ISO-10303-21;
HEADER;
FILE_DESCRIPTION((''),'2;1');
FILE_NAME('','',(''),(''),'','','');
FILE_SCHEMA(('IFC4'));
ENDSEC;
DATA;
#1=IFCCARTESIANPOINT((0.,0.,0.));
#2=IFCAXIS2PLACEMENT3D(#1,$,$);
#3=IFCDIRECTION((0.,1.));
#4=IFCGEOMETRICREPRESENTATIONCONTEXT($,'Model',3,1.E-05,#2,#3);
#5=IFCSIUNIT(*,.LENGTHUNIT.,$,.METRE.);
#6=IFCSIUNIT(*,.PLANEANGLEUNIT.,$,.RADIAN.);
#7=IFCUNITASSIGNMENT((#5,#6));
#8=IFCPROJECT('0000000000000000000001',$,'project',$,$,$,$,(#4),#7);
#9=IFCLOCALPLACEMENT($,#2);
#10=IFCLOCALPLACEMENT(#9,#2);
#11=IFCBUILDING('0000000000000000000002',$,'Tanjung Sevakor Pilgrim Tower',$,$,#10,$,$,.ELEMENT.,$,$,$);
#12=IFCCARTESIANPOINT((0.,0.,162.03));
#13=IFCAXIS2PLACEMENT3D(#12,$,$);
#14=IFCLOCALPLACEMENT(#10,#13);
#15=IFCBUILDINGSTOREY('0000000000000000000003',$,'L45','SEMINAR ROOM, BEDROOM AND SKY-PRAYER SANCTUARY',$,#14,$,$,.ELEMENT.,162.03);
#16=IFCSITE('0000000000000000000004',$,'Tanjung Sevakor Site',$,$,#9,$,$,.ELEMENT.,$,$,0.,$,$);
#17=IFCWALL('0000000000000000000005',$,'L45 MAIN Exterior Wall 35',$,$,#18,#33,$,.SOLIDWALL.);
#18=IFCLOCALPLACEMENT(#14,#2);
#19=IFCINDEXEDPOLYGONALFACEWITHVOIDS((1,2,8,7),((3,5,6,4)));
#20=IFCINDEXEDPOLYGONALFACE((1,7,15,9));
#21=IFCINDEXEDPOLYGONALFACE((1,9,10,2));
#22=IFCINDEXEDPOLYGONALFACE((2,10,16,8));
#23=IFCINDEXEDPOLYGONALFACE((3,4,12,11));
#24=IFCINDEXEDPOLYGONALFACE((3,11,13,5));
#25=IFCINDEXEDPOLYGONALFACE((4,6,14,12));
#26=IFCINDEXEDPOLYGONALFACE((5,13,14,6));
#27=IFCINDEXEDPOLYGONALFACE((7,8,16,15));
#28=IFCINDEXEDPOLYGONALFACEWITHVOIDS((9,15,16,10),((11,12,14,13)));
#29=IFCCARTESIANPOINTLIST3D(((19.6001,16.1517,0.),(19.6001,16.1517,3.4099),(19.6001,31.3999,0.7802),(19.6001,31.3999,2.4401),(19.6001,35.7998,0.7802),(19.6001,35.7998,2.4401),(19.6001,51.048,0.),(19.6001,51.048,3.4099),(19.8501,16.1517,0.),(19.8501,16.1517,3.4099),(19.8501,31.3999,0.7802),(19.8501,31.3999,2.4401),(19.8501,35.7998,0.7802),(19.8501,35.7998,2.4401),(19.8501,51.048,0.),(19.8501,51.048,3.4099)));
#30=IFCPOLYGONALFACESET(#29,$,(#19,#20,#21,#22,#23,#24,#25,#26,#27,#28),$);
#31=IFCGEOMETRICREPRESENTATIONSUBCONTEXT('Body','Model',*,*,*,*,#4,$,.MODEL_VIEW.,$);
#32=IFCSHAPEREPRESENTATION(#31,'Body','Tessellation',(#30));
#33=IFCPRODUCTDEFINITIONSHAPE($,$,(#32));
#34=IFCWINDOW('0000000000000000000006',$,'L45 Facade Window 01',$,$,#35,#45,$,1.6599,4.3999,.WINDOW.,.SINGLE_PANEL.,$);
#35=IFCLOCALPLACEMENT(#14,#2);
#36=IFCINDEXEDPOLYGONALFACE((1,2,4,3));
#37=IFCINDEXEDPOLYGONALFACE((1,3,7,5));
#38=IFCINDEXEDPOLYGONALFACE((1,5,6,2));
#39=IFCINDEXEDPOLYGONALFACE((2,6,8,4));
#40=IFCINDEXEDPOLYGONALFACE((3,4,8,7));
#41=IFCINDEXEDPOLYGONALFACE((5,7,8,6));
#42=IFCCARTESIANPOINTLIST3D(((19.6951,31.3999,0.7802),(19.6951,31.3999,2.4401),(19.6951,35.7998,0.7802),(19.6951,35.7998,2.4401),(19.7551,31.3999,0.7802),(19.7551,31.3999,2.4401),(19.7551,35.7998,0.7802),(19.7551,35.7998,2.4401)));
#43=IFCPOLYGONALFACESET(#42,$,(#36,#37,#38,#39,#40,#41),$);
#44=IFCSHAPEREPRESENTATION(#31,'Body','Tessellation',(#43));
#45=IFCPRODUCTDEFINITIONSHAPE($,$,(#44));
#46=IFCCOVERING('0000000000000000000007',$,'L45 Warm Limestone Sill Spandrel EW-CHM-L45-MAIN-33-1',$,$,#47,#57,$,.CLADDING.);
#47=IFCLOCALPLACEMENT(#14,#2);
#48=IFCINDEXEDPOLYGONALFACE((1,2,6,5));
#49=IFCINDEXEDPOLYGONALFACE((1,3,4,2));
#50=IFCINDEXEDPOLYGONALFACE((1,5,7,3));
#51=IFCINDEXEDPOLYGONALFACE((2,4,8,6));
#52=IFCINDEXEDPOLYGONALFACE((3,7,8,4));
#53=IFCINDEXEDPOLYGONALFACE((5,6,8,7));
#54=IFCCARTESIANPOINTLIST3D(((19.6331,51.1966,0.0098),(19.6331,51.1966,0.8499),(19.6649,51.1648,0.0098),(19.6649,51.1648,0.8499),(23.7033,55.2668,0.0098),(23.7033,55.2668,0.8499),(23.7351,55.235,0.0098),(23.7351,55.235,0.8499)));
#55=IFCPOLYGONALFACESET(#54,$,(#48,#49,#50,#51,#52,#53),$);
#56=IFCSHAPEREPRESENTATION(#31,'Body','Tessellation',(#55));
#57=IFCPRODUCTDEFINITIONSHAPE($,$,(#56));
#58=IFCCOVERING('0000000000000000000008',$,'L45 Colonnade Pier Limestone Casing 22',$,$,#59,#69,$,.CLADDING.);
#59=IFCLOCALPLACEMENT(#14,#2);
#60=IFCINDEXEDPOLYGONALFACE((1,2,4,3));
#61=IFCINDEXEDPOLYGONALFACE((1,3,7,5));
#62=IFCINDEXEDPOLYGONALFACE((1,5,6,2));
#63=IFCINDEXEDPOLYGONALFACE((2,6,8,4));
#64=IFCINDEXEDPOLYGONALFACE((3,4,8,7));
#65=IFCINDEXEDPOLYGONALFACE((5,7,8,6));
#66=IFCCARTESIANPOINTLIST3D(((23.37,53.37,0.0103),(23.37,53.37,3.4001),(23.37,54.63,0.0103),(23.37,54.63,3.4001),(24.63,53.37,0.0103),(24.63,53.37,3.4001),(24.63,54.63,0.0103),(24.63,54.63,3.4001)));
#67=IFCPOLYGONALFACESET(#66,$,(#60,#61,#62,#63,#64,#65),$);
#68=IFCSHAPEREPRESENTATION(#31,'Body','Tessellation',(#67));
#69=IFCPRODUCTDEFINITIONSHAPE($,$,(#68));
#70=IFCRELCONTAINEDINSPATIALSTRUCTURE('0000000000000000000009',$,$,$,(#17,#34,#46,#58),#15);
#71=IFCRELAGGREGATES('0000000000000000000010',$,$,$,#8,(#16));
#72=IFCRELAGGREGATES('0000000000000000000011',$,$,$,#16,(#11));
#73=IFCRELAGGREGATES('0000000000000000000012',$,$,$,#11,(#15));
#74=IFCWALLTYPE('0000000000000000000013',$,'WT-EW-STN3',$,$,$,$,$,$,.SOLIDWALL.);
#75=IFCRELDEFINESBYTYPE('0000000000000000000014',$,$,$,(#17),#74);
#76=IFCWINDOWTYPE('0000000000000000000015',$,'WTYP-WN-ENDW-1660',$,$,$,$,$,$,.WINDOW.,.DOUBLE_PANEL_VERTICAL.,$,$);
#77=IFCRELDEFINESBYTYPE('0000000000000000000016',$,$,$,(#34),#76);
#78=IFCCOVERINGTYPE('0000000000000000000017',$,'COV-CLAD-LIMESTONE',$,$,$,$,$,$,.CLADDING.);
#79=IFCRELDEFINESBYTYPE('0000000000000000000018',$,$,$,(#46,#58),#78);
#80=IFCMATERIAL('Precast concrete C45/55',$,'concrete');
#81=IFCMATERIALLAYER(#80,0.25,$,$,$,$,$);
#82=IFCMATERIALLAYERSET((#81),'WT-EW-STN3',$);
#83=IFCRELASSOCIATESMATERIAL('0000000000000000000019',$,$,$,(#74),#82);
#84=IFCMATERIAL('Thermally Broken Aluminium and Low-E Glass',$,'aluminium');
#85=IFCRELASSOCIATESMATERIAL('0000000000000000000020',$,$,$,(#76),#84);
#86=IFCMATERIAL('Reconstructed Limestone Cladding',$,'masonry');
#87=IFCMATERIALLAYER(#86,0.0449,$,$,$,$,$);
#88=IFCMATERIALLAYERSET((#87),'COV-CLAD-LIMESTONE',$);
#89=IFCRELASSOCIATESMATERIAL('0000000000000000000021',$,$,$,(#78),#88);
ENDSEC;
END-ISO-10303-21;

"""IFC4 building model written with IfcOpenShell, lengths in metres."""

from ifc_helpers import new_model, si_unit, direction, frame, frame_2d, origin, origin_2d, place, context, subcontext, project, spatial, rectangle, extrude, material, layer, layer_set, type_object, element, fill, save


model = new_model("IFC4")

# Units and contexts
model_context = context("Model", 3, precision=1e-05, world=origin(), true_north=direction((0.0, 1.0)))
body_context = subcontext(model_context, "Body", "Model", "MODEL_VIEW")
ifc_project = project(units=[si_unit("LENGTHUNIT", "METRE"), si_unit("PLANEANGLEUNIT", "RADIAN")], contexts=[model_context])

# Site, building, storey
site_placement = place(None, origin())
site = spatial("IfcSite", under=ifc_project, at=site_placement, Name="Tanjung Sevakor Site", CompositionType="ELEMENT", RefElevation=0.0)
building_placement = place(site_placement, origin())
building = spatial("IfcBuilding", under=site, at=building_placement, Name="Tanjung Sevakor Pilgrim Tower", CompositionType="ELEMENT")
storey_placement = place(building_placement, frame((0.0, 0.0, 162.03)))
storey = spatial("IfcBuildingStorey", under=building, at=storey_placement, Name="L45", Description="SEMINAR ROOM, BEDROOM AND SKY-PRAYER SANCTUARY", CompositionType="ELEMENT", Elevation=162.03)

# Wall, opening, window
ifc_material_1 = material(Name="Precast concrete C45/55", Category="concrete")
ifc_layer_1 = layer(ifc_material_1, 0.25)
ifc_layer_set_1 = layer_set([ifc_layer_1], Name="WT-EW-STN3")
wall_type = type_object("IfcWallType", Name="WT-EW-STN3", PredefinedType="SOLIDWALL", material=ifc_layer_set_1)
wall_1_placement = place(storey_placement, frame((19.7251, 51.0481, 0.0), z_axis=(0.0, 0.0, 1.0), x_axis=(0.0, -1.0, 0.0)))
wall_1 = element("IfcWall", 1, at=wall_1_placement, inside=storey, type_object=wall_type, Name="L45 MAIN Exterior Wall 35", PredefinedType="SOLIDWALL", context=body_context, shape_type="SweptSolid", body=[
    extrude(rectangle(XDim=34.8962, YDim=0.25, at=frame_2d((17.4482, 0.0))), origin(), (0.0, 0.0, 1.0), 3.4099),
])
opening_1_placement = place(wall_1_placement, frame((15.2483, 0.0, 0.78)))
opening_1 = element("IfcOpeningElement", 2, at=opening_1_placement, cuts=wall_1, PredefinedType="OPENING", context=body_context, shape_type="SweptSolid", body=[
    extrude(rectangle(XDim=4.3999, YDim=1.6599, at=frame_2d((2.2, 0.8301))), frame((0.0, 0.135, 0.0), z_axis=(0.0, -1.0, 0.0), x_axis=(1.0, 0.0, 0.0)), (0.0, 0.0, 1.0), 0.27),
])
ifc_material_2 = material(Name="Thermally Broken Aluminium and Low-E Glass", Category="aluminium")
window_type_1 = type_object("IfcWindowType", Name="WTYP-WN-ENDW-1660", PartitioningType="DOUBLE_PANEL_VERTICAL", PredefinedType="WINDOW", material=ifc_material_2)
window_1_placement = place(opening_1_placement, origin())
window_1 = element("IfcWindow", 3, at=window_1_placement, inside=storey, type_object=window_type_1, Name="L45 Facade Window 01", OverallHeight=1.6599, OverallWidth=4.3999, PartitioningType="SINGLE_PANEL", PredefinedType="WINDOW", context=body_context, shape_type="SweptSolid", body=[
    extrude(rectangle(XDim=4.3999, YDim=1.6599, at=frame_2d((2.2, 0.8301))), frame((0.0, 0.03, 0.0), z_axis=(0.0, -1.0, 0.0), x_axis=(1.0, 0.0, 0.0)), (0.0, 0.0, 1.0), 0.0601),
])
fill(opening_1, window_1)

# Coverings
ifc_material_3 = material(Name="Reconstructed Limestone Cladding", Category="masonry")
ifc_layer_2 = layer(ifc_material_3, 0.0449)
ifc_layer_set_2 = layer_set([ifc_layer_2], Name="COV-CLAD-LIMESTONE")
covering_type = type_object("IfcCoveringType", Name="COV-CLAD-LIMESTONE", PredefinedType="CLADDING", material=ifc_layer_set_2)
covering_1_placement = place(storey_placement, frame((21.6841, 53.2158, 0.0098), z_axis=(0.0, 0.0, 1.0), x_axis=(-0.707107, -0.707107, 0.0)))
element("IfcCovering", 4, at=covering_1_placement, inside=storey, type_object=covering_type, Name="L45 Warm Limestone Sill Spandrel EW-CHM-L45-MAIN-33-1", PredefinedType="CLADDING", context=body_context, shape_type="SweptSolid", body=[
    extrude(rectangle(XDim=5.7561, YDim=0.0449, at=origin_2d()), origin(), (0.0, 0.0, 1.0), 0.8401),
])
covering_2_placement = place(storey_placement, frame((24.0, 54.0, 0.0103), z_axis=(0.0, 0.0, 1.0), x_axis=(1.0, 0.0, 0.0)))
element("IfcCovering", 5, at=covering_2_placement, inside=storey, type_object=covering_type, Name="L45 Colonnade Pier Limestone Casing 22", PredefinedType="CLADDING", context=body_context, shape_type="SweptSolid", body=[
    extrude(rectangle(XDim=1.26, YDim=1.26, at=origin_2d()), origin(), (0.0, 0.0, 1.0), 3.3899),
])

save(model, "model.ifc")
